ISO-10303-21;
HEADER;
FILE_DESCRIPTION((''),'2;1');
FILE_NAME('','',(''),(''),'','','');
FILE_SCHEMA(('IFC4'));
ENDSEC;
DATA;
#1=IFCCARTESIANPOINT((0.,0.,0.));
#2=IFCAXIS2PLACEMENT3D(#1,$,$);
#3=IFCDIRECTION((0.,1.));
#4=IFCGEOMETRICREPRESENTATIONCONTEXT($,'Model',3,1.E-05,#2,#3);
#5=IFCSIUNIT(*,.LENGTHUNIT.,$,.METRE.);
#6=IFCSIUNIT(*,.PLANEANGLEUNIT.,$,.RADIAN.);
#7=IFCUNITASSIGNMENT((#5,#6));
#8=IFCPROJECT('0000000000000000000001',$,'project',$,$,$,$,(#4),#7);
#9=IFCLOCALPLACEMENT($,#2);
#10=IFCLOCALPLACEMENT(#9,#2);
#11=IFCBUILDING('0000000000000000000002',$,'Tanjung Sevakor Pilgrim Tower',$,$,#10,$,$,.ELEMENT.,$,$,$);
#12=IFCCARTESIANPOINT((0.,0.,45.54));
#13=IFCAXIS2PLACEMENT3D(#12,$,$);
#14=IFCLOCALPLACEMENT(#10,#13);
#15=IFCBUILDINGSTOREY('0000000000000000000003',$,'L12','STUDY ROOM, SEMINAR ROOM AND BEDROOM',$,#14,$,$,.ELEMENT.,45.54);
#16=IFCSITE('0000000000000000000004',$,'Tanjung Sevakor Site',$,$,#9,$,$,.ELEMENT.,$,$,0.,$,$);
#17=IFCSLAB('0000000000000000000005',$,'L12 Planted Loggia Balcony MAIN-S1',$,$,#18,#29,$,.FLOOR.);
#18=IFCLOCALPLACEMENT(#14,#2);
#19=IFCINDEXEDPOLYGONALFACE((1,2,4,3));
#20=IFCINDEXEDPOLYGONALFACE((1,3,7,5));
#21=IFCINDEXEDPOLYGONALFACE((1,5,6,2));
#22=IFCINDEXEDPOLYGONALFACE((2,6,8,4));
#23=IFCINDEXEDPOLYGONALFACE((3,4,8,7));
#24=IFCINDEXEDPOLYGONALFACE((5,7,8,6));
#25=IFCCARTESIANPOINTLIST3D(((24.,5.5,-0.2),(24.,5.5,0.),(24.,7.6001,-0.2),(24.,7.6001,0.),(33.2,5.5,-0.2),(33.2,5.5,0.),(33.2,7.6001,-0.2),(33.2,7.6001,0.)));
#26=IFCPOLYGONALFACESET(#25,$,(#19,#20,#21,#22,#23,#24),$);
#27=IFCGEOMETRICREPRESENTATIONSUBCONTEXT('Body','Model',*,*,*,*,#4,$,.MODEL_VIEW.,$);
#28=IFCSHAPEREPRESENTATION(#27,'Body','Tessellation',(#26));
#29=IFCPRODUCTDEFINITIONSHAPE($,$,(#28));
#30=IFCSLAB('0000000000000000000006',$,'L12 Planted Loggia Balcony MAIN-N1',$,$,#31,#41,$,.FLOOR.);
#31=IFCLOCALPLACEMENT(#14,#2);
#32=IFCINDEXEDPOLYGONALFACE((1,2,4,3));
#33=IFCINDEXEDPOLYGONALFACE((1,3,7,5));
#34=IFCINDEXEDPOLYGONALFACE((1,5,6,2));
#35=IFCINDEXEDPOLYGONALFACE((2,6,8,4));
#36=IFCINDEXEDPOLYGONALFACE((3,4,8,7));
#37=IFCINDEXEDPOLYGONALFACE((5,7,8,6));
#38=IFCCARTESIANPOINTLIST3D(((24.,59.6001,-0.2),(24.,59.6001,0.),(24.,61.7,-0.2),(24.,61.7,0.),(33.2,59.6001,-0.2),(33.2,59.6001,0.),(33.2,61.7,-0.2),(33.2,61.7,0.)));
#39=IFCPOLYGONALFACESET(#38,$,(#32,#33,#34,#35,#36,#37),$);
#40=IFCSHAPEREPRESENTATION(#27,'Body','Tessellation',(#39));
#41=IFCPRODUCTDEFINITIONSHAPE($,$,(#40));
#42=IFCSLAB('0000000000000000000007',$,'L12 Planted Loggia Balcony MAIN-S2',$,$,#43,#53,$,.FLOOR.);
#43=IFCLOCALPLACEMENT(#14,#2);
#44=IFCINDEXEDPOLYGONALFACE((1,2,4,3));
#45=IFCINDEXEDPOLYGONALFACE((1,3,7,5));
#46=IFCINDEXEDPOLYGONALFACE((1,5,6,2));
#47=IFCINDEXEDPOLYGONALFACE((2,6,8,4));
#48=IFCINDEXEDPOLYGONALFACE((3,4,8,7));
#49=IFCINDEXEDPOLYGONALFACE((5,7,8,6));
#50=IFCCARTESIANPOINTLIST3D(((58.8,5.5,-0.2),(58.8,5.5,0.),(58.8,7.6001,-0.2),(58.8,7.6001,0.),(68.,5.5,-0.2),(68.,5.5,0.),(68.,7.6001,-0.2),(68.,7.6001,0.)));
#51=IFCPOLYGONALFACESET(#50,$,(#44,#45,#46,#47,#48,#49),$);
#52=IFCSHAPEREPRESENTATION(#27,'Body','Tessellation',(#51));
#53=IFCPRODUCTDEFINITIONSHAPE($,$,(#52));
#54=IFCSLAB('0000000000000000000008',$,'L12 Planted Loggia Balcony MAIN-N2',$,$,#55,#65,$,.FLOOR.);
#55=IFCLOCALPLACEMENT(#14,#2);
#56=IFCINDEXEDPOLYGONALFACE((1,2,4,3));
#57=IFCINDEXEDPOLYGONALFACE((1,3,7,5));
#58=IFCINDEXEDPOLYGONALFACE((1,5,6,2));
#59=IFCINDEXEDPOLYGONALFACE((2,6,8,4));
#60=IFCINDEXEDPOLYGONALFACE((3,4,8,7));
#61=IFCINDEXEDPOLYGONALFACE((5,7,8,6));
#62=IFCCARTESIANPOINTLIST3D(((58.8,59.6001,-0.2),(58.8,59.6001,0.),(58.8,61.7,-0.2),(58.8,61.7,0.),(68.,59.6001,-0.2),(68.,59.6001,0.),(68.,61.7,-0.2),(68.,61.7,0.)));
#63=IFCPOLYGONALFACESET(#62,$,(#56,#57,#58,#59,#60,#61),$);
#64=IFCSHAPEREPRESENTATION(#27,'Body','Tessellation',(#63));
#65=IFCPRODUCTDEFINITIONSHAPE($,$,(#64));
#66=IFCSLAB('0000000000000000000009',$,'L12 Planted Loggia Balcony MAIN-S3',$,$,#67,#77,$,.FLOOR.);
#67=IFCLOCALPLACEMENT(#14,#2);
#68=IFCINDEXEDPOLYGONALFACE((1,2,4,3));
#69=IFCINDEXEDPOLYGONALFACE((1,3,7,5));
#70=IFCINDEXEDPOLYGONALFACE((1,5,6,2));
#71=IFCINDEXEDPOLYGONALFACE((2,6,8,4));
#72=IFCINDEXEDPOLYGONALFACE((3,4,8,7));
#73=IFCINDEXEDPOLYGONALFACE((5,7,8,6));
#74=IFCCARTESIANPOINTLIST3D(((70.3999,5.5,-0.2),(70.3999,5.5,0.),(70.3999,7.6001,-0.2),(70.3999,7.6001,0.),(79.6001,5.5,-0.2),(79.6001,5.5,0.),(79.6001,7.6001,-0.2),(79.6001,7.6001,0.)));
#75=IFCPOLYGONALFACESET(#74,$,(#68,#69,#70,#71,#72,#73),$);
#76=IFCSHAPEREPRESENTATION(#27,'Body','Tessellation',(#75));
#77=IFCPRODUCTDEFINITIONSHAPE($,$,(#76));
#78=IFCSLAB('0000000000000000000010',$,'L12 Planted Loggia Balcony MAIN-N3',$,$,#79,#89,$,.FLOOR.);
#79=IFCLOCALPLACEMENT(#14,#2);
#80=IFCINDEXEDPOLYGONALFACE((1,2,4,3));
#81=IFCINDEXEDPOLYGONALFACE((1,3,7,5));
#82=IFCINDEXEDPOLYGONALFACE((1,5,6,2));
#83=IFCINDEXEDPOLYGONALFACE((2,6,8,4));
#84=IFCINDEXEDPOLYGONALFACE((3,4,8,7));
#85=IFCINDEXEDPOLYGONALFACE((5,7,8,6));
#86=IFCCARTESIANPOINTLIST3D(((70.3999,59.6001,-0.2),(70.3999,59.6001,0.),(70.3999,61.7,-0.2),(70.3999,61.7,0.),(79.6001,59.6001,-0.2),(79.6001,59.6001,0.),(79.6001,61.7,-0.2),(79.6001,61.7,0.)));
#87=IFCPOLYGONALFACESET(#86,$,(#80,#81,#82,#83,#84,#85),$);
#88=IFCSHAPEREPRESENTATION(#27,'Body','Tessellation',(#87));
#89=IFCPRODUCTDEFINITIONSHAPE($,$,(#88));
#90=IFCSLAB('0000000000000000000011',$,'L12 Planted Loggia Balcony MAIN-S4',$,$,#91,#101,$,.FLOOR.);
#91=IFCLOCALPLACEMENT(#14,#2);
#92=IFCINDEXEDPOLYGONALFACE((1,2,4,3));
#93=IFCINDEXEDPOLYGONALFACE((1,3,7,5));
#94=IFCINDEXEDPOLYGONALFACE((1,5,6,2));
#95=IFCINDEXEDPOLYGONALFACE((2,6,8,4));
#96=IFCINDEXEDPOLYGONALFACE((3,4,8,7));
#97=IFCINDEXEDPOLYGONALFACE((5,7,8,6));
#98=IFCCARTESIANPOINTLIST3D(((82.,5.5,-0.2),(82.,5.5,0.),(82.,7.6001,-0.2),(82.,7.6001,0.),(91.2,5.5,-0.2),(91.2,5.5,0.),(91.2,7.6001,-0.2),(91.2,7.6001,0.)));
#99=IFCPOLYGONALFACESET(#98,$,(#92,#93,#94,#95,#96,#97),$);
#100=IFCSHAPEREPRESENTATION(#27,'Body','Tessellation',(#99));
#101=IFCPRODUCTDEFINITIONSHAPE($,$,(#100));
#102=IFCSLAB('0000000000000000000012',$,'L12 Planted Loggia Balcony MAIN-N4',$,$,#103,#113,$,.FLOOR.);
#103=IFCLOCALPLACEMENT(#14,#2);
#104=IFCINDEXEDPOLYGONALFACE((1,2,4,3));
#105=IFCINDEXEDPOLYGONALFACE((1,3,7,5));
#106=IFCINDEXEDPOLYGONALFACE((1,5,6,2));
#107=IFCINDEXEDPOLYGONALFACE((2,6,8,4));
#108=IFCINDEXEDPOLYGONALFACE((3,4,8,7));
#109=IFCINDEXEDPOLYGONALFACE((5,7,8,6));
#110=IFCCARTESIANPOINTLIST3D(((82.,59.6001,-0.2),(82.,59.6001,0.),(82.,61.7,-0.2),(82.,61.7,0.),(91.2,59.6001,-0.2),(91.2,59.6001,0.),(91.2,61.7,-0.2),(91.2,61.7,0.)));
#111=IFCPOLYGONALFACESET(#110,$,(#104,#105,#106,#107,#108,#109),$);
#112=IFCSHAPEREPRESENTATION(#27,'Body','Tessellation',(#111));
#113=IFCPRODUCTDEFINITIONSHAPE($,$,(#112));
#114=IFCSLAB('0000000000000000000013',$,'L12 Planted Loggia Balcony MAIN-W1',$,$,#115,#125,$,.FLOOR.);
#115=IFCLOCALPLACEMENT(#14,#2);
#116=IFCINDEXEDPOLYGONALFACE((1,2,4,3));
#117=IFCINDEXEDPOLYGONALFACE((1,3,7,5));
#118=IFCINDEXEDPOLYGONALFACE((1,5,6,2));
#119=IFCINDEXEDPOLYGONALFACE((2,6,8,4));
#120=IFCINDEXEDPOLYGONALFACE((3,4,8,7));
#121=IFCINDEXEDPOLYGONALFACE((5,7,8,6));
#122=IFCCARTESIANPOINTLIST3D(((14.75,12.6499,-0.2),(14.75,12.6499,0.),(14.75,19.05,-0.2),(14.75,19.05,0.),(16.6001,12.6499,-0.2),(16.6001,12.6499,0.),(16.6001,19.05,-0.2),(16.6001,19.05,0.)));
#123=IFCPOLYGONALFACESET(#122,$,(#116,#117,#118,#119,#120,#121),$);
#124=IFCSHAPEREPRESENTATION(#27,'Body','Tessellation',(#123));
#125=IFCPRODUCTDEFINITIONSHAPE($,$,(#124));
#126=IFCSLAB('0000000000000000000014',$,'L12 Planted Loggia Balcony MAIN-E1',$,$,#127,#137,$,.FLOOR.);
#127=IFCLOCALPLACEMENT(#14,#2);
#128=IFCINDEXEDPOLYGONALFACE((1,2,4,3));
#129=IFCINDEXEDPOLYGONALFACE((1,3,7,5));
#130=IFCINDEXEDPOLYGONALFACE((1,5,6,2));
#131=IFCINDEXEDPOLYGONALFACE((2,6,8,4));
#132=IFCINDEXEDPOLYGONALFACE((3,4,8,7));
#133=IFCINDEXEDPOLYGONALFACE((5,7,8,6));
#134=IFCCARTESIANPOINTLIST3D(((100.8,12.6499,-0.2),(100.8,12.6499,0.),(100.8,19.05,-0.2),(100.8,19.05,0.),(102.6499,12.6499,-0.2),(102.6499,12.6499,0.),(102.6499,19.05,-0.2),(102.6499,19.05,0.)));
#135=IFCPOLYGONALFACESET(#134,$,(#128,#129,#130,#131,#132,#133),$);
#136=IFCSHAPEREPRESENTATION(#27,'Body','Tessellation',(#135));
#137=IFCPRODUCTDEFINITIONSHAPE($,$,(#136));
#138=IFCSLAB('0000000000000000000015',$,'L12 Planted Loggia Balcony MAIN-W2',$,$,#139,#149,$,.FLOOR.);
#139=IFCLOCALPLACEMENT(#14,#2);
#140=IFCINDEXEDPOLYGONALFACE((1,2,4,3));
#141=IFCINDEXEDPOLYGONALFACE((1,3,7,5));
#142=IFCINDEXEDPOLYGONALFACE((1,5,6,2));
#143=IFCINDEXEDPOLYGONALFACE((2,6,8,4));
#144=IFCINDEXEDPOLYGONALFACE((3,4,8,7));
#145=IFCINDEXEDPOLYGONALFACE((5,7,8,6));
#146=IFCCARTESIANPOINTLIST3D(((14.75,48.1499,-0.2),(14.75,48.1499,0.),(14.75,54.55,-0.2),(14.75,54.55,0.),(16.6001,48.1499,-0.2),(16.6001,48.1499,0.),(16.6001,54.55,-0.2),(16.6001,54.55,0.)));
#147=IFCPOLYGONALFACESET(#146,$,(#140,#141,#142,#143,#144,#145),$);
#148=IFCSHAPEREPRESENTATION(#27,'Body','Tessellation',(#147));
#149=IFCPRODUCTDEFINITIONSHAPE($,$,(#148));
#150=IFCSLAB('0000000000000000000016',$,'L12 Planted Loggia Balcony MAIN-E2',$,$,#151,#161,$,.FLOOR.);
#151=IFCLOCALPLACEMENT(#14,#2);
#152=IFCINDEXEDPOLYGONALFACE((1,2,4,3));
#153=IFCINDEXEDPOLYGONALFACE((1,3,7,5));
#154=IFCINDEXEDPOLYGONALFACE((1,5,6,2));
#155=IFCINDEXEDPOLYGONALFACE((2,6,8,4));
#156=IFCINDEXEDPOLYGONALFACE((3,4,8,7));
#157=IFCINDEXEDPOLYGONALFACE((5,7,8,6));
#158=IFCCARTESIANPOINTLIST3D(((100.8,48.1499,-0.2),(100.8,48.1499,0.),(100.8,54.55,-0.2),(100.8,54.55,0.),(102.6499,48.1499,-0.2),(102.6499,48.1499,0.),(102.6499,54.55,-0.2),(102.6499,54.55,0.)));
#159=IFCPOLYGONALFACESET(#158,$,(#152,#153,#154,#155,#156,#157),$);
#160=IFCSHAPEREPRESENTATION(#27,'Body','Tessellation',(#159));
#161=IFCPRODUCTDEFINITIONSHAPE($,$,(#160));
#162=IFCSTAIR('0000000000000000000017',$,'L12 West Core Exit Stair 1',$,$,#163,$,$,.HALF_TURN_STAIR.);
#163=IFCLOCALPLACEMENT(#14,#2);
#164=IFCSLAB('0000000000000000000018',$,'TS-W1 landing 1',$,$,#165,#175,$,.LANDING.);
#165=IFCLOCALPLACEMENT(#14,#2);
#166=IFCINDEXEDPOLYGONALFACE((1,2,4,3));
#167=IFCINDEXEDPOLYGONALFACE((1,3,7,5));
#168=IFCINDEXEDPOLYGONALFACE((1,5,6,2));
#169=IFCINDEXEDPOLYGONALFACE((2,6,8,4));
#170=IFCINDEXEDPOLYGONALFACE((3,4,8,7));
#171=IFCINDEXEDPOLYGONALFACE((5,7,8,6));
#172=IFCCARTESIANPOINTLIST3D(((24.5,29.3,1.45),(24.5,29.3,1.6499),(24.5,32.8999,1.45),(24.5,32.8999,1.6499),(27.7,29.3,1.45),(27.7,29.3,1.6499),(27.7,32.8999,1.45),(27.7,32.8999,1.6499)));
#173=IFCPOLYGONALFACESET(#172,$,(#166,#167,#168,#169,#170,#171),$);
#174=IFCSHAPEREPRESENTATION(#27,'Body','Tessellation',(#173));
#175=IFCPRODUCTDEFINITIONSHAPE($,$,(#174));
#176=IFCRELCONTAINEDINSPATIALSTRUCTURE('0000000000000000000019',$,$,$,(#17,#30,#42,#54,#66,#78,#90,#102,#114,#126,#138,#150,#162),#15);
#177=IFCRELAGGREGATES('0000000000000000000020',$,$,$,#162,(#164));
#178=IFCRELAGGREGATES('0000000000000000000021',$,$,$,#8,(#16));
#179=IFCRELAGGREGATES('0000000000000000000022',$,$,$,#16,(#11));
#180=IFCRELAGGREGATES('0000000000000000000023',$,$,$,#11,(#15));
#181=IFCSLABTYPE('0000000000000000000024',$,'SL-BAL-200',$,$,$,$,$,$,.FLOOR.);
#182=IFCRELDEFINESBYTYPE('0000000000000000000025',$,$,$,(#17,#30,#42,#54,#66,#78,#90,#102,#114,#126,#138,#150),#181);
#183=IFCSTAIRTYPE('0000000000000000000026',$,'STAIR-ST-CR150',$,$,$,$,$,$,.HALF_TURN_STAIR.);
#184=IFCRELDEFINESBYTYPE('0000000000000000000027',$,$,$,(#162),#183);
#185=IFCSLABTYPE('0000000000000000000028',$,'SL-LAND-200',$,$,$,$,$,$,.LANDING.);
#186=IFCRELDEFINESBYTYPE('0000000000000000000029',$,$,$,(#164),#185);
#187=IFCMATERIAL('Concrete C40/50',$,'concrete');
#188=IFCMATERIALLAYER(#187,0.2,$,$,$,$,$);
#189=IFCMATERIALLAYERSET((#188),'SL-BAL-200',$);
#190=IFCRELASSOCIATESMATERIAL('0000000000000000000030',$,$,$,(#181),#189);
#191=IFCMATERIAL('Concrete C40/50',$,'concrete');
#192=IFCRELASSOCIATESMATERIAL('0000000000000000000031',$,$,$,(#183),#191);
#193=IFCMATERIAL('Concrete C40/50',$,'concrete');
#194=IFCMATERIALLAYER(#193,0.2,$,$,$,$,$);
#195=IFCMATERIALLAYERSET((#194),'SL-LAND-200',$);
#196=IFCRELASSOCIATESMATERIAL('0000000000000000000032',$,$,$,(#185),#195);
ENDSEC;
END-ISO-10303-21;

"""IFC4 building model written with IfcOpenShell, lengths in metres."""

from ifc_helpers import new_model, si_unit, direction, frame, origin, place, context, subcontext, project, spatial, polyline, outline, extrude, material, layer, layer_set, type_object, element, aggregate, save


model = new_model("IFC4")

# Units and contexts
model_context = context("Model", 3, precision=1e-05, world=origin(), true_north=direction((0.0, 1.0)))
body_context = subcontext(model_context, "Body", "Model", "MODEL_VIEW")
ifc_project = project(units=[si_unit("LENGTHUNIT", "METRE"), si_unit("PLANEANGLEUNIT", "RADIAN")], contexts=[model_context])

# Site, building, storey
site_placement = place(None, origin())
site = spatial("IfcSite", under=ifc_project, at=site_placement, Name="Tanjung Sevakor Site", CompositionType="ELEMENT", RefElevation=0.0)
building_placement = place(site_placement, origin())
building = spatial("IfcBuilding", under=site, at=building_placement, Name="Tanjung Sevakor Pilgrim Tower", CompositionType="ELEMENT")
storey_placement = place(building_placement, frame((0.0, 0.0, 45.54)))
storey = spatial("IfcBuildingStorey", under=building, at=storey_placement, Name="L12", Description="STUDY ROOM, SEMINAR ROOM AND BEDROOM", CompositionType="ELEMENT", Elevation=45.54)

# Slabs
ifc_material_1 = material(Name="Concrete C40/50", Category="concrete")
ifc_layer_1 = layer(ifc_material_1, 0.2)
ifc_layer_set_1 = layer_set([ifc_layer_1], Name="SL-BAL-200")
slab_type_1 = type_object("IfcSlabType", Name="SL-BAL-200", PredefinedType="FLOOR", material=ifc_layer_set_1)
slab_1_placement = place(storey_placement, frame((0.0, 0.0, -0.2)))
element("IfcSlab", 1, at=slab_1_placement, inside=storey, type_object=slab_type_1, Name="L12 Planted Loggia Balcony MAIN-S1", PredefinedType="FLOOR", context=body_context, shape_type="SweptSolid", body=[
    extrude(outline(polyline([(24.0, 5.5), (33.2, 5.5), (33.2, 7.6001), (24.0, 7.6001), (24.0, 5.5)])), origin(), (0.0, 0.0, 1.0), 0.2),
])
slab_2_placement = place(storey_placement, frame((0.0, 0.0, -0.2)))
element("IfcSlab", 2, at=slab_2_placement, inside=storey, type_object=slab_type_1, Name="L12 Planted Loggia Balcony MAIN-N1", PredefinedType="FLOOR", context=body_context, shape_type="SweptSolid", body=[
    extrude(outline(polyline([(24.0, 59.6001), (33.2, 59.6001), (33.2, 61.7), (24.0, 61.7), (24.0, 59.6001)])), origin(), (0.0, 0.0, 1.0), 0.2),
])
slab_3_placement = place(storey_placement, frame((0.0, 0.0, -0.2)))
element("IfcSlab", 3, at=slab_3_placement, inside=storey, type_object=slab_type_1, Name="L12 Planted Loggia Balcony MAIN-S2", PredefinedType="FLOOR", context=body_context, shape_type="SweptSolid", body=[
    extrude(outline(polyline([(58.8, 5.5), (68.0, 5.5), (68.0, 7.6001), (58.8, 7.6001), (58.8, 5.5)])), origin(), (0.0, 0.0, 1.0), 0.2),
])
slab_4_placement = place(storey_placement, frame((0.0, 0.0, -0.2)))
element("IfcSlab", 4, at=slab_4_placement, inside=storey, type_object=slab_type_1, Name="L12 Planted Loggia Balcony MAIN-N2", PredefinedType="FLOOR", context=body_context, shape_type="SweptSolid", body=[
    extrude(outline(polyline([(58.8, 59.6001), (68.0, 59.6001), (68.0, 61.7), (58.8, 61.7), (58.8, 59.6001)])), origin(), (0.0, 0.0, 1.0), 0.2),
])
slab_5_placement = place(storey_placement, frame((0.0, 0.0, -0.2)))
element("IfcSlab", 5, at=slab_5_placement, inside=storey, type_object=slab_type_1, Name="L12 Planted Loggia Balcony MAIN-S3", PredefinedType="FLOOR", context=body_context, shape_type="SweptSolid", body=[
    extrude(outline(polyline([(70.3999, 5.5), (79.6001, 5.5), (79.6001, 7.6001), (70.3999, 7.6001), (70.3999, 5.5)])), origin(), (0.0, 0.0, 1.0), 0.2),
])
slab_6_placement = place(storey_placement, frame((0.0, 0.0, -0.2)))
element("IfcSlab", 6, at=slab_6_placement, inside=storey, type_object=slab_type_1, Name="L12 Planted Loggia Balcony MAIN-N3", PredefinedType="FLOOR", context=body_context, shape_type="SweptSolid", body=[
    extrude(outline(polyline([(70.3999, 59.6001), (79.6001, 59.6001), (79.6001, 61.7), (70.3999, 61.7), (70.3999, 59.6001)])), origin(), (0.0, 0.0, 1.0), 0.2),
])
slab_7_placement = place(storey_placement, frame((0.0, 0.0, -0.2)))
element("IfcSlab", 7, at=slab_7_placement, inside=storey, type_object=slab_type_1, Name="L12 Planted Loggia Balcony MAIN-S4", PredefinedType="FLOOR", context=body_context, shape_type="SweptSolid", body=[
    extrude(outline(polyline([(82.0, 5.5), (91.2, 5.5), (91.2, 7.6001), (82.0, 7.6001), (82.0, 5.5)])), origin(), (0.0, 0.0, 1.0), 0.2),
])
slab_8_placement = place(storey_placement, frame((0.0, 0.0, -0.2)))
element("IfcSlab", 8, at=slab_8_placement, inside=storey, type_object=slab_type_1, Name="L12 Planted Loggia Balcony MAIN-N4", PredefinedType="FLOOR", context=body_context, shape_type="SweptSolid", body=[
    extrude(outline(polyline([(82.0, 59.6001), (91.2, 59.6001), (91.2, 61.7), (82.0, 61.7), (82.0, 59.6001)])), origin(), (0.0, 0.0, 1.0), 0.2),
])
slab_9_placement = place(storey_placement, frame((0.0, 0.0, -0.2)))
element("IfcSlab", 9, at=slab_9_placement, inside=storey, type_object=slab_type_1, Name="L12 Planted Loggia Balcony MAIN-W1", PredefinedType="FLOOR", context=body_context, shape_type="SweptSolid", body=[
    extrude(outline(polyline([(14.75, 12.6499), (16.6001, 12.6499), (16.6001, 19.05), (14.75, 19.05), (14.75, 12.6499)])), origin(), (0.0, 0.0, 1.0), 0.2),
])
slab_10_placement = place(storey_placement, frame((0.0, 0.0, -0.2)))
element("IfcSlab", 10, at=slab_10_placement, inside=storey, type_object=slab_type_1, Name="L12 Planted Loggia Balcony MAIN-E1", PredefinedType="FLOOR", context=body_context, shape_type="SweptSolid", body=[
    extrude(outline(polyline([(100.8, 12.6499), (102.6499, 12.6499), (102.6499, 19.05), (100.8, 19.05), (100.8, 12.6499)])), origin(), (0.0, 0.0, 1.0), 0.2),
])
slab_11_placement = place(storey_placement, frame((0.0, 0.0, -0.2)))
element("IfcSlab", 11, at=slab_11_placement, inside=storey, type_object=slab_type_1, Name="L12 Planted Loggia Balcony MAIN-W2", PredefinedType="FLOOR", context=body_context, shape_type="SweptSolid", body=[
    extrude(outline(polyline([(14.75, 48.1499), (16.6001, 48.1499), (16.6001, 54.55), (14.75, 54.55), (14.75, 48.1499)])), origin(), (0.0, 0.0, 1.0), 0.2),
])
slab_12_placement = place(storey_placement, frame((0.0, 0.0, -0.2)))
element("IfcSlab", 12, at=slab_12_placement, inside=storey, type_object=slab_type_1, Name="L12 Planted Loggia Balcony MAIN-E2", PredefinedType="FLOOR", context=body_context, shape_type="SweptSolid", body=[
    extrude(outline(polyline([(100.8, 48.1499), (102.6499, 48.1499), (102.6499, 54.55), (100.8, 54.55), (100.8, 48.1499)])), origin(), (0.0, 0.0, 1.0), 0.2),
])

# Stair, slab
ifc_material_2 = material(Name="Concrete C40/50", Category="concrete")
stair_type = type_object("IfcStairType", Name="STAIR-ST-CR150", PredefinedType="HALF_TURN_STAIR", material=ifc_material_2)
stair_placement = place(storey_placement, origin())
stair = element("IfcStair", 13, at=stair_placement, inside=storey, type_object=stair_type, Name="L12 West Core Exit Stair 1", PredefinedType="HALF_TURN_STAIR")
ifc_material_3 = material(Name="Concrete C40/50", Category="concrete")
ifc_layer_2 = layer(ifc_material_3, 0.2)
ifc_layer_set_2 = layer_set([ifc_layer_2], Name="SL-LAND-200")
slab_type_2 = type_object("IfcSlabType", Name="SL-LAND-200", PredefinedType="LANDING", material=ifc_layer_set_2)
slab_13_placement = place(storey_placement, frame((0.0, 0.0, 1.45)))
slab_13 = element("IfcSlab", 14, at=slab_13_placement, type_object=slab_type_2, Name="TS-W1 landing 1", PredefinedType="LANDING", context=body_context, shape_type="SweptSolid", body=[
    extrude(outline(polyline([(27.7, 29.3), (27.7, 32.8999), (24.5, 32.8999), (24.5, 29.3), (27.7, 29.3)])), origin(), (0.0, 0.0, 1.0), 0.2),
])
aggregate(stair, [slab_13])

save(model, "model.ifc")
